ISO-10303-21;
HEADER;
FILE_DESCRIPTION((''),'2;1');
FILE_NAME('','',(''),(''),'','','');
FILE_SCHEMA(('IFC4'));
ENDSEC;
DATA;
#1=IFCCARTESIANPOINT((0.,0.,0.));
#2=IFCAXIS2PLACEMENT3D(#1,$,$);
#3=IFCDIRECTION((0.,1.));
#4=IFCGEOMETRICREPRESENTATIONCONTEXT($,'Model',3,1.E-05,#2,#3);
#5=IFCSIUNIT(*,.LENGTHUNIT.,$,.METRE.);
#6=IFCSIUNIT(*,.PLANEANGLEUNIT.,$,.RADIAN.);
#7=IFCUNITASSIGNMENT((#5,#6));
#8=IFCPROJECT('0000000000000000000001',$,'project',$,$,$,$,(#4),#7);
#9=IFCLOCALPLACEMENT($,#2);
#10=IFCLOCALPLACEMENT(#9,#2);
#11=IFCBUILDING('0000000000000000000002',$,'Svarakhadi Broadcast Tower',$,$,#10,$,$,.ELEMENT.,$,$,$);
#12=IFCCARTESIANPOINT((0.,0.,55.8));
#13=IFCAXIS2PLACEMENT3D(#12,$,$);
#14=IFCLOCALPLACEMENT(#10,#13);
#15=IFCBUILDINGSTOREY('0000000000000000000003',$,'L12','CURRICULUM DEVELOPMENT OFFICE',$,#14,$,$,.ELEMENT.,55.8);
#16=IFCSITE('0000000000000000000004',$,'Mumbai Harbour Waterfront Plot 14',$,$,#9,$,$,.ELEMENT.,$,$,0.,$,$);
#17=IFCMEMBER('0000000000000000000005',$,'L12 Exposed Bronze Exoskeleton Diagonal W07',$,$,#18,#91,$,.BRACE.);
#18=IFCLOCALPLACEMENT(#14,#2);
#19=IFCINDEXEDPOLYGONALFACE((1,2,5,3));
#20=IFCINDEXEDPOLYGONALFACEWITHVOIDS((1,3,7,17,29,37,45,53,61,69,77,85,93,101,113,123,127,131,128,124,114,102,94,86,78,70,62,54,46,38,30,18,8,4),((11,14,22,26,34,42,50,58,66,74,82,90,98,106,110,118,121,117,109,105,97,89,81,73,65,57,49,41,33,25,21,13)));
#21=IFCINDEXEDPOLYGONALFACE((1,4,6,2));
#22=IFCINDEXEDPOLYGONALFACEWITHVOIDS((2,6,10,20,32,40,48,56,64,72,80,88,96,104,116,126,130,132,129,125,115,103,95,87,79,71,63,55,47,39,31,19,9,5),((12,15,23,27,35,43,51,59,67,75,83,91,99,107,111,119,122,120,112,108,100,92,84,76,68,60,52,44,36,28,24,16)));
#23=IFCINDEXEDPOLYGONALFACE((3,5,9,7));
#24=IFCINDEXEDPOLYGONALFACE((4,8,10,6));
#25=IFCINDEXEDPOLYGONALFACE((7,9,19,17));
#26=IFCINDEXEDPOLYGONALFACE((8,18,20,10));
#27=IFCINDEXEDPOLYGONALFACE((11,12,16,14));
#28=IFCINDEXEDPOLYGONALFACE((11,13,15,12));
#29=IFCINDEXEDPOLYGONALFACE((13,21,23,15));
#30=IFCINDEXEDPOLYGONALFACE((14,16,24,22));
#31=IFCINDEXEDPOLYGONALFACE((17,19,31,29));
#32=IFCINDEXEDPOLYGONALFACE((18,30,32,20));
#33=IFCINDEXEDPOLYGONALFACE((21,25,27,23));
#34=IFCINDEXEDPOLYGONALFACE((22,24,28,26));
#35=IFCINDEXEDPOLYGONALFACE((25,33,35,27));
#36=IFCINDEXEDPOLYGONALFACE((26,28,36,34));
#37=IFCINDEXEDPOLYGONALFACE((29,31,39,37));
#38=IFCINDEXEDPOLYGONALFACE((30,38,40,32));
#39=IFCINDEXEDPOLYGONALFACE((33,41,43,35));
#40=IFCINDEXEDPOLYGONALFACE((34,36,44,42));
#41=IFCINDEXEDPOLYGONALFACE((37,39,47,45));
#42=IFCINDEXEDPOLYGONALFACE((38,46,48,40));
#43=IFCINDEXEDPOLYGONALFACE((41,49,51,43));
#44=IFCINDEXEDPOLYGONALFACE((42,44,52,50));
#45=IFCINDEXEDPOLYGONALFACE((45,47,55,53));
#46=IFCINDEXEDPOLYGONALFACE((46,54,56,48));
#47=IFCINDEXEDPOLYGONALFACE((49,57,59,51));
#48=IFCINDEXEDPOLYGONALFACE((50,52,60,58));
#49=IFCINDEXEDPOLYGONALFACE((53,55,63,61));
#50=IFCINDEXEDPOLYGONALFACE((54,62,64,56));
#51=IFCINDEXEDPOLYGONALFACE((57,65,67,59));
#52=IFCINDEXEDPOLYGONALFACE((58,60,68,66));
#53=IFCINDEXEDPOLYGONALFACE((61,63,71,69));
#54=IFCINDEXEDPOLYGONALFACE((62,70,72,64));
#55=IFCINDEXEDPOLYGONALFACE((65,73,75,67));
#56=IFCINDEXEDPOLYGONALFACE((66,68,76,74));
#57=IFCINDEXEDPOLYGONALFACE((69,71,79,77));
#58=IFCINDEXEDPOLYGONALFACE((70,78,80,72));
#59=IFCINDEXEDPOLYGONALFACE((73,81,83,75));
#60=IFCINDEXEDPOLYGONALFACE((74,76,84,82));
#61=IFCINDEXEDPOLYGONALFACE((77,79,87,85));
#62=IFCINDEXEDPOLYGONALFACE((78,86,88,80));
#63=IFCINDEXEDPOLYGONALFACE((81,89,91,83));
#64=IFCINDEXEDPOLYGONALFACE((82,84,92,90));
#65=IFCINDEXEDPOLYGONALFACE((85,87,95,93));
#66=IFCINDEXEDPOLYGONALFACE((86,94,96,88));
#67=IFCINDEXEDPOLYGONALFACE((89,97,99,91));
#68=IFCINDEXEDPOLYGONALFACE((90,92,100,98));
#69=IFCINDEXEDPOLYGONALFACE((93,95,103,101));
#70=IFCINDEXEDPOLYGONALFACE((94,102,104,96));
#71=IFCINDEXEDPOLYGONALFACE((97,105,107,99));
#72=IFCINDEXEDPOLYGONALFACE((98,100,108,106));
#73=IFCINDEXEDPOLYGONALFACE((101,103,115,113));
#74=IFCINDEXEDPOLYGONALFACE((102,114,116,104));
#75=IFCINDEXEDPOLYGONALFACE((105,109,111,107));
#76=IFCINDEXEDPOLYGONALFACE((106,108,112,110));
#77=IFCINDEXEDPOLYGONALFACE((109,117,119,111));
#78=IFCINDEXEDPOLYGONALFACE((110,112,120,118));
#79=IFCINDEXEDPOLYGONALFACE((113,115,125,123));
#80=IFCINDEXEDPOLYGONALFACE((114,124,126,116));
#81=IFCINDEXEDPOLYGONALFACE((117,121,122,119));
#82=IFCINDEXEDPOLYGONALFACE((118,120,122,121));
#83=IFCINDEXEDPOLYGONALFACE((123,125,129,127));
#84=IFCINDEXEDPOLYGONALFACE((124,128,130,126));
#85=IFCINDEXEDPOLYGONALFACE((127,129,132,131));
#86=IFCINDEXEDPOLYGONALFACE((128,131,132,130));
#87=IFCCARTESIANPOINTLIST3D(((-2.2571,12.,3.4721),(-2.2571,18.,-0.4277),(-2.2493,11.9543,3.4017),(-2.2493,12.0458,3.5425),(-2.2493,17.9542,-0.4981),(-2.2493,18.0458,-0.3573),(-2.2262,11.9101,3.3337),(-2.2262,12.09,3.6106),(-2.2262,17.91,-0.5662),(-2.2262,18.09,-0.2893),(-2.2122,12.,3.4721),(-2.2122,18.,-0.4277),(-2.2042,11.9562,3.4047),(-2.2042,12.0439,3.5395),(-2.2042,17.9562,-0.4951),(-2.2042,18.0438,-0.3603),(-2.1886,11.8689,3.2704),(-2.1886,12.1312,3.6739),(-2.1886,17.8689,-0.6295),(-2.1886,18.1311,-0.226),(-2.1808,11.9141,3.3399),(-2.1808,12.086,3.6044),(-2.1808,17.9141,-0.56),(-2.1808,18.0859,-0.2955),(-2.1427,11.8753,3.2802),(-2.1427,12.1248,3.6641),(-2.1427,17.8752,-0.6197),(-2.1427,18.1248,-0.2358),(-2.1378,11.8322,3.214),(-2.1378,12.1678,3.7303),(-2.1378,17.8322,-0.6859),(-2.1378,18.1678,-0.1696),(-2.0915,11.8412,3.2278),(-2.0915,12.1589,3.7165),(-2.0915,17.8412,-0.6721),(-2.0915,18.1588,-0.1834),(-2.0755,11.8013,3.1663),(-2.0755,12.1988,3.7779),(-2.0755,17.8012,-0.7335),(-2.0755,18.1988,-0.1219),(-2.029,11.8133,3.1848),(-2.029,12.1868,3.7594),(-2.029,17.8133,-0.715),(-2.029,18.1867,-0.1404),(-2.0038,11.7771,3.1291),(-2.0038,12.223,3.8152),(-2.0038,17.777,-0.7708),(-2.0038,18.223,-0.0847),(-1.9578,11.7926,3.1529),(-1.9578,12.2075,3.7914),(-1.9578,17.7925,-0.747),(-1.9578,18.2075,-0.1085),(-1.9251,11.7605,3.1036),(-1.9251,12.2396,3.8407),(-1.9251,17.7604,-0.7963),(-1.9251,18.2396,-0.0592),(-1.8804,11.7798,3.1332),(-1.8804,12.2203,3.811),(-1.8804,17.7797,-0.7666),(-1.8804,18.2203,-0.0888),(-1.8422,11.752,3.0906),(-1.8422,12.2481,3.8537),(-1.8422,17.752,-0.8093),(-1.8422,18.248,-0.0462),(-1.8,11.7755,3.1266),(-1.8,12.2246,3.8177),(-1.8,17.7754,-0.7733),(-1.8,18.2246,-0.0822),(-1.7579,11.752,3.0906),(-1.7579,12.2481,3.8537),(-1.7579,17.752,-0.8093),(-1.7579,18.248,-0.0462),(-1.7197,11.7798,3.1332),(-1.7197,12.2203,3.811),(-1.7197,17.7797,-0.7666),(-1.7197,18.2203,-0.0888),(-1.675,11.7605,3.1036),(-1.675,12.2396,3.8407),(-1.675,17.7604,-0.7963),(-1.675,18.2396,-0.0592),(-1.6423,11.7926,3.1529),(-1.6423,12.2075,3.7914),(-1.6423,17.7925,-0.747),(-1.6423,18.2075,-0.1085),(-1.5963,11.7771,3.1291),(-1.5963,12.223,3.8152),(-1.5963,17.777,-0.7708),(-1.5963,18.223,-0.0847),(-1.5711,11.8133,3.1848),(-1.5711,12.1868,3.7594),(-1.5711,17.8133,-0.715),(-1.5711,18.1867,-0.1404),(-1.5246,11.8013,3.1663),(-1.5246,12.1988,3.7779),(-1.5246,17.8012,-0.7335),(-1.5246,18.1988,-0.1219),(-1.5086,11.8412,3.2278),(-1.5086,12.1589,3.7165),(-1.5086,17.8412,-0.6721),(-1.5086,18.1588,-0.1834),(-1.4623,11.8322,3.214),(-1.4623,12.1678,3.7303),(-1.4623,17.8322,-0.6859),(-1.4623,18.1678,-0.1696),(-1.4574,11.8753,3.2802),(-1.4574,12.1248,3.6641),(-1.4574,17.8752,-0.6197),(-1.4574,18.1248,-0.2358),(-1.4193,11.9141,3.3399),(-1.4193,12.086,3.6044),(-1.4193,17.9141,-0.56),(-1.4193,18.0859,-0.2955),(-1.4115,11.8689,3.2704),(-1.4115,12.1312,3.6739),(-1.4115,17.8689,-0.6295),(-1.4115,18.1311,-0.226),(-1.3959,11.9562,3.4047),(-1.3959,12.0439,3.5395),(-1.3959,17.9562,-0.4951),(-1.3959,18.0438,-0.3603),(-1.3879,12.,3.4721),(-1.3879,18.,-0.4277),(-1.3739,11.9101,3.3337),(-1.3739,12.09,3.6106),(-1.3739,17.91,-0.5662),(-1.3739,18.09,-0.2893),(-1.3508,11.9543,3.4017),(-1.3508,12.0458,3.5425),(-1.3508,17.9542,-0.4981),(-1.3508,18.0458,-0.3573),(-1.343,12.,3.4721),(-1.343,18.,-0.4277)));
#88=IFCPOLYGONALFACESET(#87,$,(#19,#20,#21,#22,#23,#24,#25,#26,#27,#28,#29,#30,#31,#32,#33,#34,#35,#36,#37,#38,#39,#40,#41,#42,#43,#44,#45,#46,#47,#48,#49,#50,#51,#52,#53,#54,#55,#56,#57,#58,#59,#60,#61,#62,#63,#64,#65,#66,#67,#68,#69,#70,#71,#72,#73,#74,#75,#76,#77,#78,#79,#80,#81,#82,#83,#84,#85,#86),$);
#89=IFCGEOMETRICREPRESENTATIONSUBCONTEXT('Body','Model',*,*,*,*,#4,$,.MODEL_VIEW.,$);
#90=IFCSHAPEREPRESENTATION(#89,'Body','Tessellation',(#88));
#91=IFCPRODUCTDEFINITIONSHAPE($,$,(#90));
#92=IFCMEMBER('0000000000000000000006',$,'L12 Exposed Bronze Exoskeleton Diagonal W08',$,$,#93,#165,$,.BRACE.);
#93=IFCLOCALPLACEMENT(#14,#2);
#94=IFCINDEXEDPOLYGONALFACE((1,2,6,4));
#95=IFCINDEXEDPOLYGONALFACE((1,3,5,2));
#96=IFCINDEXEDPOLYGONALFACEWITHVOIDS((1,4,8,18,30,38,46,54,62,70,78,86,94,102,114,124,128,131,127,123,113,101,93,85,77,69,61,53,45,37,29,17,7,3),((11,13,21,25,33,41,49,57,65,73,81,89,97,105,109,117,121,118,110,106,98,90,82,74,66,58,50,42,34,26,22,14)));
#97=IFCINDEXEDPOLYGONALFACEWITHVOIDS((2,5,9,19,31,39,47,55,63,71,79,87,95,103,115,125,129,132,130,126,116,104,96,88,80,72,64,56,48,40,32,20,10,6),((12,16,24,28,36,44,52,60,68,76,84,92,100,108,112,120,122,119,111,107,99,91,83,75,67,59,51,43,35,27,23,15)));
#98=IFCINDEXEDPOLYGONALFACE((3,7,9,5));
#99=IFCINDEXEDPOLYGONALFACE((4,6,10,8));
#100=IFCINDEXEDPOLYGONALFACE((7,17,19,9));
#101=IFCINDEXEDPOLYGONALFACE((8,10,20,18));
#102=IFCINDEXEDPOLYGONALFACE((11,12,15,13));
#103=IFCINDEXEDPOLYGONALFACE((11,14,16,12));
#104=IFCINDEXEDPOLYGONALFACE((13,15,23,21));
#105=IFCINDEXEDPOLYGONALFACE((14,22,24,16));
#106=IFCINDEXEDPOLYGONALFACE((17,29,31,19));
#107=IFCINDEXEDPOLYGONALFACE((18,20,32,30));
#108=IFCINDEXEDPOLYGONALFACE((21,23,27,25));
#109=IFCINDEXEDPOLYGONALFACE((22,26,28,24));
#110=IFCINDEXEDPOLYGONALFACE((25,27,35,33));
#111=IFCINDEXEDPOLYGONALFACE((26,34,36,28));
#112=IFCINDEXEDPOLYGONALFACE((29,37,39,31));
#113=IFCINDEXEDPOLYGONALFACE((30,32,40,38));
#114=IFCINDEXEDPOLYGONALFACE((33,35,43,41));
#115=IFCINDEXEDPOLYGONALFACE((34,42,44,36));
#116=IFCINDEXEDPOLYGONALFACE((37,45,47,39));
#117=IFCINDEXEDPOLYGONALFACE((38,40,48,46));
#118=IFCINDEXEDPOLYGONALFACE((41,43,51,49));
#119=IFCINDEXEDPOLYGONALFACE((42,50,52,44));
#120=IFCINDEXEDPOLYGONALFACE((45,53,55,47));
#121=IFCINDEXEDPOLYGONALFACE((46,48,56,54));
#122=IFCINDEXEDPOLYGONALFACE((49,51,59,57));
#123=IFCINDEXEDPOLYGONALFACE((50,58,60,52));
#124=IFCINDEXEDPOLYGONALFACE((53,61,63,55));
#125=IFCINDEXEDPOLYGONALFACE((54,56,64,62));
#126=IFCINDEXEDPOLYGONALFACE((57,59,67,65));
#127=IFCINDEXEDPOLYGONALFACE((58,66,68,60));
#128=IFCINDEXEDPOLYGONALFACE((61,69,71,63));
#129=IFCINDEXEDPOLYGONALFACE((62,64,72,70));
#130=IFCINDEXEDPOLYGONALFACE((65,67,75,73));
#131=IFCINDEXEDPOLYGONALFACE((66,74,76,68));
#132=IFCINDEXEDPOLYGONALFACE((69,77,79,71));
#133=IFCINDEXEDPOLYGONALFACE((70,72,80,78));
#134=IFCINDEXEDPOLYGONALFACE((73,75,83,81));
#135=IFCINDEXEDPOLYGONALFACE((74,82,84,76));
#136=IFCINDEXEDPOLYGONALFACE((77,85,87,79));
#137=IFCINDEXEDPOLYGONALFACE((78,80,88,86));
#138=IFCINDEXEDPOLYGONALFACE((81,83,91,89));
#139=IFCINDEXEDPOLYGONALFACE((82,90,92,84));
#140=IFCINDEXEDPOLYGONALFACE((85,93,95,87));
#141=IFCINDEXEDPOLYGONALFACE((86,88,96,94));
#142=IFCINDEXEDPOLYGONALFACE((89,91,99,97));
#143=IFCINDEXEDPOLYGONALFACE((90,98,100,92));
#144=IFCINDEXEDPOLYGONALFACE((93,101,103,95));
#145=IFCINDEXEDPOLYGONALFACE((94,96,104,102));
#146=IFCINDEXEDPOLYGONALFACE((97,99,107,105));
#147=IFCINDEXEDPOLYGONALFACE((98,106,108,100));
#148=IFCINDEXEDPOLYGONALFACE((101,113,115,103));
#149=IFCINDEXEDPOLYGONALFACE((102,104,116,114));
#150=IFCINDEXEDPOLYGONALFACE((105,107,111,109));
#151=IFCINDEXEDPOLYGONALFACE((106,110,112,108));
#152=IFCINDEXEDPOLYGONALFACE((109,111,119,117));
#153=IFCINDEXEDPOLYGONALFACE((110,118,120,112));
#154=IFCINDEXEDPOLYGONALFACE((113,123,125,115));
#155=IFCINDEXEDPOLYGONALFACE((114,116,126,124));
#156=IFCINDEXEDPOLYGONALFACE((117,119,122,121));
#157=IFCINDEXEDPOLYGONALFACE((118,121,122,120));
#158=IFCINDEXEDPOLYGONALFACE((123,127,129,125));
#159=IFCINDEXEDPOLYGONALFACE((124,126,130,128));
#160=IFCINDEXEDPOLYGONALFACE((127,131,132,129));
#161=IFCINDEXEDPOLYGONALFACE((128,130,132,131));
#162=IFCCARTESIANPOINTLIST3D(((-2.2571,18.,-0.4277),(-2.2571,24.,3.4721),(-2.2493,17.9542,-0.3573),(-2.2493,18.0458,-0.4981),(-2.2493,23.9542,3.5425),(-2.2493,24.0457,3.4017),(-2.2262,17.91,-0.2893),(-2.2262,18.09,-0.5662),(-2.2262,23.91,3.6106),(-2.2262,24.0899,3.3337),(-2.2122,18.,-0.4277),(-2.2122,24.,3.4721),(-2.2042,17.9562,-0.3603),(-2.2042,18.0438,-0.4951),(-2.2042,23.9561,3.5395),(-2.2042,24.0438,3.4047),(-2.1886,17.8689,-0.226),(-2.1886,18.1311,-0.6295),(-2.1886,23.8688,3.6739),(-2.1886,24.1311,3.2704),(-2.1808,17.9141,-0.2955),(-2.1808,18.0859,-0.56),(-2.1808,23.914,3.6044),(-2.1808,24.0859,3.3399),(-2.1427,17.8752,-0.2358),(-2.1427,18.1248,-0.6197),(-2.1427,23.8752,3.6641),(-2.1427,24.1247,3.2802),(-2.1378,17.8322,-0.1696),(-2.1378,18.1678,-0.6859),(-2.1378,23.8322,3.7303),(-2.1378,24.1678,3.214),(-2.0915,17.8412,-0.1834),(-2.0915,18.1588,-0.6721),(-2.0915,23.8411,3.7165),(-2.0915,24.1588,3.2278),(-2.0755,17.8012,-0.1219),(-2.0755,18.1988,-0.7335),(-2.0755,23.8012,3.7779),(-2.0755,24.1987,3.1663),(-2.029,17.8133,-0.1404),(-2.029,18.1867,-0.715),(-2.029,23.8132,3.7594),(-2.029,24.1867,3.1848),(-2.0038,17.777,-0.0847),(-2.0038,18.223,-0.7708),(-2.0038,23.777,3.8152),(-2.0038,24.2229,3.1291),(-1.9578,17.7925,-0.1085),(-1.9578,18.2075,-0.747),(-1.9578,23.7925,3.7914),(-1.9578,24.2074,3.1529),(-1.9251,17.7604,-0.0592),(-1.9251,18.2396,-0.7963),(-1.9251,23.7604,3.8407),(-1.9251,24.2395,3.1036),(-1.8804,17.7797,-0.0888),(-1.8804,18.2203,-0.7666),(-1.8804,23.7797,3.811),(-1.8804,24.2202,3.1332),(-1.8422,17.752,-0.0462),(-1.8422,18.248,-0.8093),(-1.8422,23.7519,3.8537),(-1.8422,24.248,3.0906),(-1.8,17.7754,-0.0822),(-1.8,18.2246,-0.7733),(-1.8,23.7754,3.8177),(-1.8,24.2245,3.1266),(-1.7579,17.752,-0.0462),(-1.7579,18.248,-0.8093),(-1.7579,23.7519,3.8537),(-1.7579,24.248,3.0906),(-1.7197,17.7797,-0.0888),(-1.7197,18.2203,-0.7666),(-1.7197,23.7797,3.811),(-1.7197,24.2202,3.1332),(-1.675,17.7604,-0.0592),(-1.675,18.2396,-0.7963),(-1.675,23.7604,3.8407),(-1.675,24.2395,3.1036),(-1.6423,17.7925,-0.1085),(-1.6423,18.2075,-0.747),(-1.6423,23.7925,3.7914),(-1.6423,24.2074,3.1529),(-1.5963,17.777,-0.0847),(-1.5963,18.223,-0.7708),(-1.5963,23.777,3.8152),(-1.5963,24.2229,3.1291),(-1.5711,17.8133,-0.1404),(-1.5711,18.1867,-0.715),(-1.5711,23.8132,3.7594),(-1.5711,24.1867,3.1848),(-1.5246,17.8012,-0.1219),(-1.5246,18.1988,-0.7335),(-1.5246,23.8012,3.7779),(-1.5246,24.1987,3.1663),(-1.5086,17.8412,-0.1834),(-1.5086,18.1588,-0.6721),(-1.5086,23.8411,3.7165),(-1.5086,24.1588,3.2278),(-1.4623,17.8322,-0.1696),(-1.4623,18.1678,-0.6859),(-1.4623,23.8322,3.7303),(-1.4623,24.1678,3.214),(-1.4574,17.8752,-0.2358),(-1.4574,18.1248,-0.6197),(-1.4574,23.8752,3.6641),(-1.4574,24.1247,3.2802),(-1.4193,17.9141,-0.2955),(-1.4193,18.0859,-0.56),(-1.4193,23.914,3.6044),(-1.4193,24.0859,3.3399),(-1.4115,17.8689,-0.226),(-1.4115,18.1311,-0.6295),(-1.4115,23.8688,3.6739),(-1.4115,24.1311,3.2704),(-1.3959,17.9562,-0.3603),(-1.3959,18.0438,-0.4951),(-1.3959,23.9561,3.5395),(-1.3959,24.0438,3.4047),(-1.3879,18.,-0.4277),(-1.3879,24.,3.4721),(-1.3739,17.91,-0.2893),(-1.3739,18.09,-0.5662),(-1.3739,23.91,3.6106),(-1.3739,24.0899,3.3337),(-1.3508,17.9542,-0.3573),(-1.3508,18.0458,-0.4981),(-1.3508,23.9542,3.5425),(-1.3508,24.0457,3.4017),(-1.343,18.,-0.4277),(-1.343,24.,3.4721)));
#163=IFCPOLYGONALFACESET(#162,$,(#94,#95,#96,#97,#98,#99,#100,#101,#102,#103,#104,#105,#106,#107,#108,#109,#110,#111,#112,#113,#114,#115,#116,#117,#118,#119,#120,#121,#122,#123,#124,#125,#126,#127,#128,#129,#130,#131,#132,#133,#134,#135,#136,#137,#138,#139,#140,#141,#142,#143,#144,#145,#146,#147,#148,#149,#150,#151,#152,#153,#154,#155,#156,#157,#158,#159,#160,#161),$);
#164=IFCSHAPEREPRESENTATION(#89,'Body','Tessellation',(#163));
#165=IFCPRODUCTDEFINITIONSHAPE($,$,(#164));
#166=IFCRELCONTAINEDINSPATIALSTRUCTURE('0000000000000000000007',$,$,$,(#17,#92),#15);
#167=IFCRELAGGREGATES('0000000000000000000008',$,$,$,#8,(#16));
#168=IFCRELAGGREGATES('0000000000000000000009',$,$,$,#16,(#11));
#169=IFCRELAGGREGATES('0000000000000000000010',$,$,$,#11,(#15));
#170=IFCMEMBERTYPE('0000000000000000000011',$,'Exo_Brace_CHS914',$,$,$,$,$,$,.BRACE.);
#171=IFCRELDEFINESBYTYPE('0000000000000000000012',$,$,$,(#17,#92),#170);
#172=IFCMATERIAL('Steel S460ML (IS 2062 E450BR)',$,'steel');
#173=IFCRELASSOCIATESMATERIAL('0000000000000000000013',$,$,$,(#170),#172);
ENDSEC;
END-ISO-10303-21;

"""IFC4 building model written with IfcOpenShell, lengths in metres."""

from ifc_helpers import new_model, si_unit, direction, frame, origin, origin_2d, place, context, subcontext, project, spatial, hollow_circle, extrude, material, material_profile, profile_set, type_object, element, save


model = new_model("IFC4")

# Units and contexts
model_context = context("Model", 3, precision=1e-05, world=origin(), true_north=direction((0.0, 1.0)))
body_context = subcontext(model_context, "Body", "Model", "MODEL_VIEW")
ifc_project = project(units=[si_unit("LENGTHUNIT", "METRE"), si_unit("PLANEANGLEUNIT", "RADIAN")], contexts=[model_context])

# Site, building, storey
site_placement = place(None, origin())
site = spatial("IfcSite", under=ifc_project, at=site_placement, Name="Mumbai Harbour Waterfront Plot 14", CompositionType="ELEMENT", RefElevation=0.0)
building_placement = place(site_placement, origin())
building = spatial("IfcBuilding", under=site, at=building_placement, Name="Svarakhadi Broadcast Tower", CompositionType="ELEMENT")
storey_placement = place(building_placement, frame((0.0, 0.0, 55.8)))
storey = spatial("IfcBuildingStorey", under=building, at=storey_placement, Name="L12", Description="CURRICULUM DEVELOPMENT OFFICE", CompositionType="ELEMENT", Elevation=55.8)

# Shared definitions
ifc_material_1 = material(Name="Steel S460ML (IS 2062 E450BR)", Category="steel")

# Members
ifc_material_profile_1 = material_profile(ifc_material_1, hollow_circle(Radius=0.457, WallThickness=0.0449, at=origin_2d()), Name="CHS 914x45")
ifc_profile_set_1 = profile_set([ifc_material_profile_1], Name="Steel S460ML (IS 2062 E450BR)")
member_type_1 = type_object("IfcMemberType", Name="Exo_Brace_CHS914", PredefinedType="BRACE", material=ifc_profile_set_1)
for number, where, z_axis, x_axis, name in (
    (1, (-1.8, 18.0, -0.4277), (0.0, -0.83845, 0.544979), (1.0, 0.0, 0.0), "L12 Exposed Bronze Exoskeleton Diagonal W07"),
    (2, (-1.8, 18.0, -0.4277), (0.0, 0.83845, 0.544979), (-1.0, 0.0, 0.0), "L12 Exposed Bronze Exoskeleton Diagonal W08"),
):
    element("IfcMember", number, at=place(storey_placement, frame(where, z_axis=z_axis, x_axis=x_axis)), inside=storey, type_object=member_type_1, Name=name, PredefinedType="BRACE", context=body_context, shape_type="SweptSolid", body=[
        extrude(hollow_circle(Radius=0.457, WallThickness=0.0449, at=origin_2d()), origin(), (0.0, 0.0, 1.0), 7.156),
    ])

save(model, "model.ifc")
